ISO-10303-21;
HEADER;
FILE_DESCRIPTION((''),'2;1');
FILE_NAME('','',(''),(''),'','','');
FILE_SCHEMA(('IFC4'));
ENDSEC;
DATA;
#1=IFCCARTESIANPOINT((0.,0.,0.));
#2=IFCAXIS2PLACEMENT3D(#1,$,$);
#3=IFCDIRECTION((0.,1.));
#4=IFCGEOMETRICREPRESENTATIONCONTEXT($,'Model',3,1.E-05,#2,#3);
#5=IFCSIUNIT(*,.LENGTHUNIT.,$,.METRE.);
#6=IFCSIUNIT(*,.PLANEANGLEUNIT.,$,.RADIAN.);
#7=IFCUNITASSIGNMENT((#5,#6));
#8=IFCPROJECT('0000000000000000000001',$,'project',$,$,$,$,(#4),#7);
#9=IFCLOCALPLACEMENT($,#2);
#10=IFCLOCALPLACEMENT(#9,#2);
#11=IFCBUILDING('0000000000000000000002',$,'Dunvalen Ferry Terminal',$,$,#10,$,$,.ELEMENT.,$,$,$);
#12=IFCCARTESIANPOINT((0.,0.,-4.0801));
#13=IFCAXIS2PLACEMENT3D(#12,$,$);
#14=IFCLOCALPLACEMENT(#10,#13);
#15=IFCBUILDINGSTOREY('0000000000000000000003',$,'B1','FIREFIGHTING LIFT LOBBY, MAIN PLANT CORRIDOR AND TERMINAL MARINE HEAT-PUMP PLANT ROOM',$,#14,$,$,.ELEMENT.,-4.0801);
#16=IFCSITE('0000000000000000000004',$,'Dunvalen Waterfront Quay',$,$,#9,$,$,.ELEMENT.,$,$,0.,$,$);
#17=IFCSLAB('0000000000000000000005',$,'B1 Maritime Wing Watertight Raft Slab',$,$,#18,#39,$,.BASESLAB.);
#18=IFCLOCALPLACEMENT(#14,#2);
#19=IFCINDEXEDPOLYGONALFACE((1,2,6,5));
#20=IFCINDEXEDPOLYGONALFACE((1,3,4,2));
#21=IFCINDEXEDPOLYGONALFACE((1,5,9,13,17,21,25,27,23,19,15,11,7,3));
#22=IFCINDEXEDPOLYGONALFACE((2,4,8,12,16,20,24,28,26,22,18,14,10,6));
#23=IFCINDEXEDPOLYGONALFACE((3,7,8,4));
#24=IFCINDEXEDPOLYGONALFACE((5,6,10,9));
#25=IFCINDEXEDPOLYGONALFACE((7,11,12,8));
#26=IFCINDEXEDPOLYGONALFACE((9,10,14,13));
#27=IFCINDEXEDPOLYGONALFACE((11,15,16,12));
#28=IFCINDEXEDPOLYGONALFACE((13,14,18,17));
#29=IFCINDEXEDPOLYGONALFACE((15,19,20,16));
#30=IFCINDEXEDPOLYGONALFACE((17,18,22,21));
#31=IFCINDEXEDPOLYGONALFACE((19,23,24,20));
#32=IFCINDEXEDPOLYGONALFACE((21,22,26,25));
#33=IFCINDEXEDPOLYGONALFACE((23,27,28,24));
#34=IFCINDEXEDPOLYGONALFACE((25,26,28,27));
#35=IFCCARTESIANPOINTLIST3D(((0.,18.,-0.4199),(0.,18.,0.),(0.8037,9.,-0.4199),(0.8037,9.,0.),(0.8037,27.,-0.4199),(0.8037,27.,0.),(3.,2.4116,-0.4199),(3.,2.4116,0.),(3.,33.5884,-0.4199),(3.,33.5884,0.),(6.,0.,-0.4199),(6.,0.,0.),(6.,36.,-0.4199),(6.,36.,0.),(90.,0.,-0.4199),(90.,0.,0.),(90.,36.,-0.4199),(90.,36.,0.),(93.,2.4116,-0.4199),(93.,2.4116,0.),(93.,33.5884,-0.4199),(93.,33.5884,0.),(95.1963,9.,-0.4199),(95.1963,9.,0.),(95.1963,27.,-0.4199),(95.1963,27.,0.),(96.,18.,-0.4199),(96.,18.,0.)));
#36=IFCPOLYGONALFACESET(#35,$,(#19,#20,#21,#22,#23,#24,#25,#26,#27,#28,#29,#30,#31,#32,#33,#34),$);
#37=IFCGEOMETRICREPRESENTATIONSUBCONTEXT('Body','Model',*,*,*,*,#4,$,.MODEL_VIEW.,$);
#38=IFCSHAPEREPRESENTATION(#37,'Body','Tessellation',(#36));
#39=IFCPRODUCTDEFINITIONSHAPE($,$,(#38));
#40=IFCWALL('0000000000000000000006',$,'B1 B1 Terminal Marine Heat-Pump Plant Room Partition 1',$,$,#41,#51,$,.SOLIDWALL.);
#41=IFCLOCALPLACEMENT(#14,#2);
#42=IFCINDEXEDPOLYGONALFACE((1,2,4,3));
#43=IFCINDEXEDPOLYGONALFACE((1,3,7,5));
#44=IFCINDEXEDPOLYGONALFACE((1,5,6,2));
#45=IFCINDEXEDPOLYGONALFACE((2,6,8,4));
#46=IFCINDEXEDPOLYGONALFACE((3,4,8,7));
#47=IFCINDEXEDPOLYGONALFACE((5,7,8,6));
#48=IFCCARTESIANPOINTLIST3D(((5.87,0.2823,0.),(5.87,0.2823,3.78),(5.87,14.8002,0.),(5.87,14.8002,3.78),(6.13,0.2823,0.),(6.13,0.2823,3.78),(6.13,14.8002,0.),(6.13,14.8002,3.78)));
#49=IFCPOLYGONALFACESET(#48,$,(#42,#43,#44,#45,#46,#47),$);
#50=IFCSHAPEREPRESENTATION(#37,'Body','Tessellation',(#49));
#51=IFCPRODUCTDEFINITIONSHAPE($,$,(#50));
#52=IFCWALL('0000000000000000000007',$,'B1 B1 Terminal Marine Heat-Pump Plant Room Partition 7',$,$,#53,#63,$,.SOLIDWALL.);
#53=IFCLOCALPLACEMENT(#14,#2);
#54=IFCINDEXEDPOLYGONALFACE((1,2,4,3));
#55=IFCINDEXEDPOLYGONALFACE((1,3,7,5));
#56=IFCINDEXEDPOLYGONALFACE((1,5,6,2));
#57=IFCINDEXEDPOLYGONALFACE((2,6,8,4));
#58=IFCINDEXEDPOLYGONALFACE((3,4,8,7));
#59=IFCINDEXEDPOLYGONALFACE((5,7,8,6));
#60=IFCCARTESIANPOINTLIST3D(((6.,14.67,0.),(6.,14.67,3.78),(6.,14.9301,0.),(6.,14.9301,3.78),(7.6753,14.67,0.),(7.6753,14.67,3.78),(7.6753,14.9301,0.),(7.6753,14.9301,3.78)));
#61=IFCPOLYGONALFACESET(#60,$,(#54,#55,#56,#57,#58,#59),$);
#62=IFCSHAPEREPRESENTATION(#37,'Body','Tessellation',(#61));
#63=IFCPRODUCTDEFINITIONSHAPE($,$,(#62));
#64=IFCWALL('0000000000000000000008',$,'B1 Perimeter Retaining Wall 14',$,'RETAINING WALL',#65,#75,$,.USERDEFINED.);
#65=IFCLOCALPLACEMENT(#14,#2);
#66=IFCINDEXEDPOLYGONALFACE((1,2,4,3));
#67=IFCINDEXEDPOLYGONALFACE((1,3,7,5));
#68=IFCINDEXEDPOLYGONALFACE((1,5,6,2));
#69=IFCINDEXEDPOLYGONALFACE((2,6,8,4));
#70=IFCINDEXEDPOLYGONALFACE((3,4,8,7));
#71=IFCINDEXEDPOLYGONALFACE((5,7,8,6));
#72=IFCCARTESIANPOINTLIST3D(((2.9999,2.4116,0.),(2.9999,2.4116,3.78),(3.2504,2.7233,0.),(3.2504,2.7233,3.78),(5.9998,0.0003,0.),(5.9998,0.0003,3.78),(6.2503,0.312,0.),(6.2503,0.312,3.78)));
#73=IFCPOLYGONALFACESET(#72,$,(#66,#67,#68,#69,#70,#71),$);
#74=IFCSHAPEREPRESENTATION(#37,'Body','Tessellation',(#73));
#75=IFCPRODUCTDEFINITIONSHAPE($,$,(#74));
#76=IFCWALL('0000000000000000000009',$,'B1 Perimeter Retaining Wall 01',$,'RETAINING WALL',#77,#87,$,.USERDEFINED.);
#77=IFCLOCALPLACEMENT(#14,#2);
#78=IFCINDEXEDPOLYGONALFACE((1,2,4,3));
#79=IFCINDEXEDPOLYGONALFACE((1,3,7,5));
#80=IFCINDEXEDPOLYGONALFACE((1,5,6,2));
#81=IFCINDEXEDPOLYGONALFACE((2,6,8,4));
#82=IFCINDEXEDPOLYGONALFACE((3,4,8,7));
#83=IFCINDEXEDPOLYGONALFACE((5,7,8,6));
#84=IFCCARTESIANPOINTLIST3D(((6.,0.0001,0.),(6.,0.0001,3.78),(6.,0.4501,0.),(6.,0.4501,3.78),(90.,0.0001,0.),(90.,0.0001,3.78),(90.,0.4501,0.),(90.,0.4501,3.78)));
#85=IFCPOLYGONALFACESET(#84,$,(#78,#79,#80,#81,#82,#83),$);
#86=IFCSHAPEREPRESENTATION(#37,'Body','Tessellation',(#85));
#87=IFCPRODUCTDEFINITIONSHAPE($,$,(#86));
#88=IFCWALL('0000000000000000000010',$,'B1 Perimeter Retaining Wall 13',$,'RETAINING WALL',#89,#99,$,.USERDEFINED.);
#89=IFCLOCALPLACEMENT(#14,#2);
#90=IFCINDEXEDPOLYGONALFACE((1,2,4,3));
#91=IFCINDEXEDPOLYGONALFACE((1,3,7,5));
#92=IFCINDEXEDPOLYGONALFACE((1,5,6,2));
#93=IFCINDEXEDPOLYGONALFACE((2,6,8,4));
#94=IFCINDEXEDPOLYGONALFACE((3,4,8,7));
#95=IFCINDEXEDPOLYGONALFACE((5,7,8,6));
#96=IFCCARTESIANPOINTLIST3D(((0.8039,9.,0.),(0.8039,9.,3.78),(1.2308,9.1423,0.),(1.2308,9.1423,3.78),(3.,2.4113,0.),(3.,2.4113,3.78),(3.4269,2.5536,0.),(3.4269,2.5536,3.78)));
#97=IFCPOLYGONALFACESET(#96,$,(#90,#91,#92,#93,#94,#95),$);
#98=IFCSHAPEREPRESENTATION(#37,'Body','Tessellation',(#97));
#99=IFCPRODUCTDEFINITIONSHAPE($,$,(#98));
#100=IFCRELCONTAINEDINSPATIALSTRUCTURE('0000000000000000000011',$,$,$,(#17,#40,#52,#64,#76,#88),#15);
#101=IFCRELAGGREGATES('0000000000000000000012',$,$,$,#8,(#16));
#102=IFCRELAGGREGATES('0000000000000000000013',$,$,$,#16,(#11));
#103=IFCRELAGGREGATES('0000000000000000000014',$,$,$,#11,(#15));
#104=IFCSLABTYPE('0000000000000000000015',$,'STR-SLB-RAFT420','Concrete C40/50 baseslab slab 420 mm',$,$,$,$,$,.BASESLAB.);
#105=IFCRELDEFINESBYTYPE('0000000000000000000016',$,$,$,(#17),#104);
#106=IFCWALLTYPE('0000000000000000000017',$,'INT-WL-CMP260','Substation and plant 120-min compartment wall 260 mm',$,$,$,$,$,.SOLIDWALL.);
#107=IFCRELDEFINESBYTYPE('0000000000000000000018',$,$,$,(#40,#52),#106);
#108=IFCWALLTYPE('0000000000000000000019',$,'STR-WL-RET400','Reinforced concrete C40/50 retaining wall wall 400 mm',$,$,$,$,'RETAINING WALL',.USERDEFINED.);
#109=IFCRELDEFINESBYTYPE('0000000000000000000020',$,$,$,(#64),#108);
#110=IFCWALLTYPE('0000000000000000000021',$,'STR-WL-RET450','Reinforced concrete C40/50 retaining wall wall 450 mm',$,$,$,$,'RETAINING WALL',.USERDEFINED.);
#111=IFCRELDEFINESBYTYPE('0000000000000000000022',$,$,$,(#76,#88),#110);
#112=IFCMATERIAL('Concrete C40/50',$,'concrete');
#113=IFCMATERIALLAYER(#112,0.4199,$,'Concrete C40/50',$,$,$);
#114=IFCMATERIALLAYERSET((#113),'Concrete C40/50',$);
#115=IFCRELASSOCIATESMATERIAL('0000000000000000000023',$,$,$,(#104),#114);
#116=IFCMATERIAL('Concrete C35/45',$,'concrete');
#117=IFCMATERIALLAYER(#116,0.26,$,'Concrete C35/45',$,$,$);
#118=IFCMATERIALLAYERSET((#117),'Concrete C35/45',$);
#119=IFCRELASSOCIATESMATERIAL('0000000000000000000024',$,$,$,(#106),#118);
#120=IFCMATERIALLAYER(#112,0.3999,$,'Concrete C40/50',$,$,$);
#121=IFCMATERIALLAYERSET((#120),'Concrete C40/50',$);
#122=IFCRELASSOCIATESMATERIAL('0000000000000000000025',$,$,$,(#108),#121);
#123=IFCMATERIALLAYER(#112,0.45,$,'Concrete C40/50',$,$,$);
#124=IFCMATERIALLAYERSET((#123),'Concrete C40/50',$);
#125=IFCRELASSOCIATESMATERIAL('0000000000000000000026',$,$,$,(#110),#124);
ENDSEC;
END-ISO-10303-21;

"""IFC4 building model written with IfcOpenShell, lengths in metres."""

from ifc_helpers import new_model, si_unit, direction, frame, frame_2d, origin, place, context, subcontext, project, spatial, polyline, rectangle, outline, extrude, material, layer, layer_set, type_object, element, save


model = new_model("IFC4")

# Units and contexts
model_context = context("Model", 3, precision=1e-05, world=origin(), true_north=direction((0.0, 1.0)))
body_context = subcontext(model_context, "Body", "Model", "MODEL_VIEW")
ifc_project = project(units=[si_unit("LENGTHUNIT", "METRE"), si_unit("PLANEANGLEUNIT", "RADIAN")], contexts=[model_context])

# Site, building, storey
site_placement = place(None, origin())
site = spatial("IfcSite", under=ifc_project, at=site_placement, Name="Dunvalen Waterfront Quay", CompositionType="ELEMENT", RefElevation=0.0)
building_placement = place(site_placement, origin())
building = spatial("IfcBuilding", under=site, at=building_placement, Name="Dunvalen Ferry Terminal", CompositionType="ELEMENT")
storey_placement = place(building_placement, frame((0.0, 0.0, -4.0801)))
storey = spatial("IfcBuildingStorey", under=building, at=storey_placement, Name="B1", Description="FIREFIGHTING LIFT LOBBY, MAIN PLANT CORRIDOR AND TERMINAL MARINE HEAT-PUMP PLANT ROOM", CompositionType="ELEMENT", Elevation=-4.0801)

# Shared definitions
ifc_material_1 = material(Name="Concrete C40/50", Category="concrete")

# Shared definitions
ifc_material_2 = material(Name="Concrete C35/45", Category="concrete")

# Slab
ifc_layer_1 = layer(ifc_material_1, 0.4199, Name="Concrete C40/50")
ifc_layer_set_1 = layer_set([ifc_layer_1], Name="Concrete C40/50")
slab_type_1 = type_object("IfcSlabType", Name="STR-SLB-RAFT420", Description="Concrete C40/50 baseslab slab 420 mm", PredefinedType="BASESLAB", material=ifc_layer_set_1)
slab_1_placement = place(storey_placement, frame((0.0, 0.0, -0.4199)))
element("IfcSlab", 1, at=slab_1_placement, inside=storey, type_object=slab_type_1, Name="B1 Maritime Wing Watertight Raft Slab", PredefinedType="BASESLAB", context=body_context, shape_type="SweptSolid", body=[
    extrude(outline(polyline([(6.0, 0.0), (90.0, 0.0), (93.0, 2.4116), (95.1963, 9.0), (96.0, 18.0), (95.1963, 27.0), (93.0, 33.5884), (90.0, 36.0), (6.0, 36.0), (3.0, 33.5884), (0.8037, 27.0), (0.0, 18.0), (0.8037, 9.0), (3.0, 2.4116), (6.0, 0.0)])), origin(), (0.0, 0.0, 1.0), 0.4199),
])

# Walls
ifc_layer_2 = layer(ifc_material_2, 0.26, Name="Concrete C35/45")
ifc_layer_set_2 = layer_set([ifc_layer_2], Name="Concrete C35/45")
wall_type_1 = type_object("IfcWallType", Name="INT-WL-CMP260", Description="Substation and plant 120-min compartment wall 260 mm", PredefinedType="SOLIDWALL", material=ifc_layer_set_2)
wall_1_placement = place(storey_placement, frame((6.0, 14.8, 0.0), z_axis=(0.0, 0.0, 1.0), x_axis=(0.0, -1.0, 0.0)))
element("IfcWall", 2, at=wall_1_placement, inside=storey, type_object=wall_type_1, Name="B1 B1 Terminal Marine Heat-Pump Plant Room Partition 1", PredefinedType="SOLIDWALL", context=body_context, shape_type="SweptSolid", body=[
    extrude(rectangle(XDim=14.5178, YDim=0.26, at=frame_2d((7.2588, 0.0))), origin(), (0.0, 0.0, 1.0), 3.78),
])
wall_2_placement = place(storey_placement, frame((7.6753, 14.8, 0.0), z_axis=(0.0, 0.0, 1.0), x_axis=(-1.0, 0.0, 0.0)))
element("IfcWall", 3, at=wall_2_placement, inside=storey, type_object=wall_type_1, Name="B1 B1 Terminal Marine Heat-Pump Plant Room Partition 7", PredefinedType="SOLIDWALL", context=body_context, shape_type="SweptSolid", body=[
    extrude(rectangle(XDim=1.6753, YDim=0.26, at=frame_2d((0.8376, 0.0))), origin(), (0.0, 0.0, 1.0), 3.78),
])
ifc_layer_3 = layer(ifc_material_1, 0.3999, Name="Concrete C40/50")
ifc_layer_set_3 = layer_set([ifc_layer_3], Name="Concrete C40/50")
wall_type_2 = type_object("IfcWallType", Name="STR-WL-RET400", Description="Reinforced concrete C40/50 retaining wall wall 400 mm", ElementType="RETAINING WALL", PredefinedType="USERDEFINED", material=ifc_layer_set_3)
wall_3_placement = place(storey_placement, frame((3.1252, 2.5674, 0.0), z_axis=(0.0, 0.0, 1.0), x_axis=(0.779425, -0.626496, 0.0)))
element("IfcWall", 4, at=wall_3_placement, inside=storey, type_object=wall_type_2, Name="B1 Perimeter Retaining Wall 14", ObjectType="RETAINING WALL", PredefinedType="USERDEFINED", context=body_context, shape_type="SweptSolid", body=[
    extrude(rectangle(XDim=3.8489, YDim=0.3999, at=frame_2d((1.9243, 0.0))), origin(), (0.0, 0.0, 1.0), 3.78),
])
ifc_layer_4 = layer(ifc_material_1, 0.45, Name="Concrete C40/50")
ifc_layer_set_4 = layer_set([ifc_layer_4], Name="Concrete C40/50")
wall_type_3 = type_object("IfcWallType", Name="STR-WL-RET450", Description="Reinforced concrete C40/50 retaining wall wall 450 mm", ElementType="RETAINING WALL", PredefinedType="USERDEFINED", material=ifc_layer_set_4)
wall_4_placement = place(storey_placement, frame((6.0, 0.2251, 0.0), z_axis=(0.0, 0.0, 1.0), x_axis=(1.0, 0.0, 0.0)))
element("IfcWall", 5, at=wall_4_placement, inside=storey, type_object=wall_type_3, Name="B1 Perimeter Retaining Wall 01", ObjectType="RETAINING WALL", PredefinedType="USERDEFINED", context=body_context, shape_type="SweptSolid", body=[
    extrude(rectangle(XDim=84.0, YDim=0.45, at=frame_2d((42.0, 0.0))), origin(), (0.0, 0.0, 1.0), 3.78),
])
wall_5_placement = place(storey_placement, frame((1.0173, 9.0713, 0.0), z_axis=(0.0, 0.0, 1.0), x_axis=(0.316207, -0.94869, 0.0)))
element("IfcWall", 6, at=wall_5_placement, inside=storey, type_object=wall_type_3, Name="B1 Perimeter Retaining Wall 13", ObjectType="RETAINING WALL", PredefinedType="USERDEFINED", context=body_context, shape_type="SweptSolid", body=[
    extrude(rectangle(XDim=6.9451, YDim=0.45, at=frame_2d((3.4727, 0.0))), origin(), (0.0, 0.0, 1.0), 3.78),
])

save(model, "model.ifc")
